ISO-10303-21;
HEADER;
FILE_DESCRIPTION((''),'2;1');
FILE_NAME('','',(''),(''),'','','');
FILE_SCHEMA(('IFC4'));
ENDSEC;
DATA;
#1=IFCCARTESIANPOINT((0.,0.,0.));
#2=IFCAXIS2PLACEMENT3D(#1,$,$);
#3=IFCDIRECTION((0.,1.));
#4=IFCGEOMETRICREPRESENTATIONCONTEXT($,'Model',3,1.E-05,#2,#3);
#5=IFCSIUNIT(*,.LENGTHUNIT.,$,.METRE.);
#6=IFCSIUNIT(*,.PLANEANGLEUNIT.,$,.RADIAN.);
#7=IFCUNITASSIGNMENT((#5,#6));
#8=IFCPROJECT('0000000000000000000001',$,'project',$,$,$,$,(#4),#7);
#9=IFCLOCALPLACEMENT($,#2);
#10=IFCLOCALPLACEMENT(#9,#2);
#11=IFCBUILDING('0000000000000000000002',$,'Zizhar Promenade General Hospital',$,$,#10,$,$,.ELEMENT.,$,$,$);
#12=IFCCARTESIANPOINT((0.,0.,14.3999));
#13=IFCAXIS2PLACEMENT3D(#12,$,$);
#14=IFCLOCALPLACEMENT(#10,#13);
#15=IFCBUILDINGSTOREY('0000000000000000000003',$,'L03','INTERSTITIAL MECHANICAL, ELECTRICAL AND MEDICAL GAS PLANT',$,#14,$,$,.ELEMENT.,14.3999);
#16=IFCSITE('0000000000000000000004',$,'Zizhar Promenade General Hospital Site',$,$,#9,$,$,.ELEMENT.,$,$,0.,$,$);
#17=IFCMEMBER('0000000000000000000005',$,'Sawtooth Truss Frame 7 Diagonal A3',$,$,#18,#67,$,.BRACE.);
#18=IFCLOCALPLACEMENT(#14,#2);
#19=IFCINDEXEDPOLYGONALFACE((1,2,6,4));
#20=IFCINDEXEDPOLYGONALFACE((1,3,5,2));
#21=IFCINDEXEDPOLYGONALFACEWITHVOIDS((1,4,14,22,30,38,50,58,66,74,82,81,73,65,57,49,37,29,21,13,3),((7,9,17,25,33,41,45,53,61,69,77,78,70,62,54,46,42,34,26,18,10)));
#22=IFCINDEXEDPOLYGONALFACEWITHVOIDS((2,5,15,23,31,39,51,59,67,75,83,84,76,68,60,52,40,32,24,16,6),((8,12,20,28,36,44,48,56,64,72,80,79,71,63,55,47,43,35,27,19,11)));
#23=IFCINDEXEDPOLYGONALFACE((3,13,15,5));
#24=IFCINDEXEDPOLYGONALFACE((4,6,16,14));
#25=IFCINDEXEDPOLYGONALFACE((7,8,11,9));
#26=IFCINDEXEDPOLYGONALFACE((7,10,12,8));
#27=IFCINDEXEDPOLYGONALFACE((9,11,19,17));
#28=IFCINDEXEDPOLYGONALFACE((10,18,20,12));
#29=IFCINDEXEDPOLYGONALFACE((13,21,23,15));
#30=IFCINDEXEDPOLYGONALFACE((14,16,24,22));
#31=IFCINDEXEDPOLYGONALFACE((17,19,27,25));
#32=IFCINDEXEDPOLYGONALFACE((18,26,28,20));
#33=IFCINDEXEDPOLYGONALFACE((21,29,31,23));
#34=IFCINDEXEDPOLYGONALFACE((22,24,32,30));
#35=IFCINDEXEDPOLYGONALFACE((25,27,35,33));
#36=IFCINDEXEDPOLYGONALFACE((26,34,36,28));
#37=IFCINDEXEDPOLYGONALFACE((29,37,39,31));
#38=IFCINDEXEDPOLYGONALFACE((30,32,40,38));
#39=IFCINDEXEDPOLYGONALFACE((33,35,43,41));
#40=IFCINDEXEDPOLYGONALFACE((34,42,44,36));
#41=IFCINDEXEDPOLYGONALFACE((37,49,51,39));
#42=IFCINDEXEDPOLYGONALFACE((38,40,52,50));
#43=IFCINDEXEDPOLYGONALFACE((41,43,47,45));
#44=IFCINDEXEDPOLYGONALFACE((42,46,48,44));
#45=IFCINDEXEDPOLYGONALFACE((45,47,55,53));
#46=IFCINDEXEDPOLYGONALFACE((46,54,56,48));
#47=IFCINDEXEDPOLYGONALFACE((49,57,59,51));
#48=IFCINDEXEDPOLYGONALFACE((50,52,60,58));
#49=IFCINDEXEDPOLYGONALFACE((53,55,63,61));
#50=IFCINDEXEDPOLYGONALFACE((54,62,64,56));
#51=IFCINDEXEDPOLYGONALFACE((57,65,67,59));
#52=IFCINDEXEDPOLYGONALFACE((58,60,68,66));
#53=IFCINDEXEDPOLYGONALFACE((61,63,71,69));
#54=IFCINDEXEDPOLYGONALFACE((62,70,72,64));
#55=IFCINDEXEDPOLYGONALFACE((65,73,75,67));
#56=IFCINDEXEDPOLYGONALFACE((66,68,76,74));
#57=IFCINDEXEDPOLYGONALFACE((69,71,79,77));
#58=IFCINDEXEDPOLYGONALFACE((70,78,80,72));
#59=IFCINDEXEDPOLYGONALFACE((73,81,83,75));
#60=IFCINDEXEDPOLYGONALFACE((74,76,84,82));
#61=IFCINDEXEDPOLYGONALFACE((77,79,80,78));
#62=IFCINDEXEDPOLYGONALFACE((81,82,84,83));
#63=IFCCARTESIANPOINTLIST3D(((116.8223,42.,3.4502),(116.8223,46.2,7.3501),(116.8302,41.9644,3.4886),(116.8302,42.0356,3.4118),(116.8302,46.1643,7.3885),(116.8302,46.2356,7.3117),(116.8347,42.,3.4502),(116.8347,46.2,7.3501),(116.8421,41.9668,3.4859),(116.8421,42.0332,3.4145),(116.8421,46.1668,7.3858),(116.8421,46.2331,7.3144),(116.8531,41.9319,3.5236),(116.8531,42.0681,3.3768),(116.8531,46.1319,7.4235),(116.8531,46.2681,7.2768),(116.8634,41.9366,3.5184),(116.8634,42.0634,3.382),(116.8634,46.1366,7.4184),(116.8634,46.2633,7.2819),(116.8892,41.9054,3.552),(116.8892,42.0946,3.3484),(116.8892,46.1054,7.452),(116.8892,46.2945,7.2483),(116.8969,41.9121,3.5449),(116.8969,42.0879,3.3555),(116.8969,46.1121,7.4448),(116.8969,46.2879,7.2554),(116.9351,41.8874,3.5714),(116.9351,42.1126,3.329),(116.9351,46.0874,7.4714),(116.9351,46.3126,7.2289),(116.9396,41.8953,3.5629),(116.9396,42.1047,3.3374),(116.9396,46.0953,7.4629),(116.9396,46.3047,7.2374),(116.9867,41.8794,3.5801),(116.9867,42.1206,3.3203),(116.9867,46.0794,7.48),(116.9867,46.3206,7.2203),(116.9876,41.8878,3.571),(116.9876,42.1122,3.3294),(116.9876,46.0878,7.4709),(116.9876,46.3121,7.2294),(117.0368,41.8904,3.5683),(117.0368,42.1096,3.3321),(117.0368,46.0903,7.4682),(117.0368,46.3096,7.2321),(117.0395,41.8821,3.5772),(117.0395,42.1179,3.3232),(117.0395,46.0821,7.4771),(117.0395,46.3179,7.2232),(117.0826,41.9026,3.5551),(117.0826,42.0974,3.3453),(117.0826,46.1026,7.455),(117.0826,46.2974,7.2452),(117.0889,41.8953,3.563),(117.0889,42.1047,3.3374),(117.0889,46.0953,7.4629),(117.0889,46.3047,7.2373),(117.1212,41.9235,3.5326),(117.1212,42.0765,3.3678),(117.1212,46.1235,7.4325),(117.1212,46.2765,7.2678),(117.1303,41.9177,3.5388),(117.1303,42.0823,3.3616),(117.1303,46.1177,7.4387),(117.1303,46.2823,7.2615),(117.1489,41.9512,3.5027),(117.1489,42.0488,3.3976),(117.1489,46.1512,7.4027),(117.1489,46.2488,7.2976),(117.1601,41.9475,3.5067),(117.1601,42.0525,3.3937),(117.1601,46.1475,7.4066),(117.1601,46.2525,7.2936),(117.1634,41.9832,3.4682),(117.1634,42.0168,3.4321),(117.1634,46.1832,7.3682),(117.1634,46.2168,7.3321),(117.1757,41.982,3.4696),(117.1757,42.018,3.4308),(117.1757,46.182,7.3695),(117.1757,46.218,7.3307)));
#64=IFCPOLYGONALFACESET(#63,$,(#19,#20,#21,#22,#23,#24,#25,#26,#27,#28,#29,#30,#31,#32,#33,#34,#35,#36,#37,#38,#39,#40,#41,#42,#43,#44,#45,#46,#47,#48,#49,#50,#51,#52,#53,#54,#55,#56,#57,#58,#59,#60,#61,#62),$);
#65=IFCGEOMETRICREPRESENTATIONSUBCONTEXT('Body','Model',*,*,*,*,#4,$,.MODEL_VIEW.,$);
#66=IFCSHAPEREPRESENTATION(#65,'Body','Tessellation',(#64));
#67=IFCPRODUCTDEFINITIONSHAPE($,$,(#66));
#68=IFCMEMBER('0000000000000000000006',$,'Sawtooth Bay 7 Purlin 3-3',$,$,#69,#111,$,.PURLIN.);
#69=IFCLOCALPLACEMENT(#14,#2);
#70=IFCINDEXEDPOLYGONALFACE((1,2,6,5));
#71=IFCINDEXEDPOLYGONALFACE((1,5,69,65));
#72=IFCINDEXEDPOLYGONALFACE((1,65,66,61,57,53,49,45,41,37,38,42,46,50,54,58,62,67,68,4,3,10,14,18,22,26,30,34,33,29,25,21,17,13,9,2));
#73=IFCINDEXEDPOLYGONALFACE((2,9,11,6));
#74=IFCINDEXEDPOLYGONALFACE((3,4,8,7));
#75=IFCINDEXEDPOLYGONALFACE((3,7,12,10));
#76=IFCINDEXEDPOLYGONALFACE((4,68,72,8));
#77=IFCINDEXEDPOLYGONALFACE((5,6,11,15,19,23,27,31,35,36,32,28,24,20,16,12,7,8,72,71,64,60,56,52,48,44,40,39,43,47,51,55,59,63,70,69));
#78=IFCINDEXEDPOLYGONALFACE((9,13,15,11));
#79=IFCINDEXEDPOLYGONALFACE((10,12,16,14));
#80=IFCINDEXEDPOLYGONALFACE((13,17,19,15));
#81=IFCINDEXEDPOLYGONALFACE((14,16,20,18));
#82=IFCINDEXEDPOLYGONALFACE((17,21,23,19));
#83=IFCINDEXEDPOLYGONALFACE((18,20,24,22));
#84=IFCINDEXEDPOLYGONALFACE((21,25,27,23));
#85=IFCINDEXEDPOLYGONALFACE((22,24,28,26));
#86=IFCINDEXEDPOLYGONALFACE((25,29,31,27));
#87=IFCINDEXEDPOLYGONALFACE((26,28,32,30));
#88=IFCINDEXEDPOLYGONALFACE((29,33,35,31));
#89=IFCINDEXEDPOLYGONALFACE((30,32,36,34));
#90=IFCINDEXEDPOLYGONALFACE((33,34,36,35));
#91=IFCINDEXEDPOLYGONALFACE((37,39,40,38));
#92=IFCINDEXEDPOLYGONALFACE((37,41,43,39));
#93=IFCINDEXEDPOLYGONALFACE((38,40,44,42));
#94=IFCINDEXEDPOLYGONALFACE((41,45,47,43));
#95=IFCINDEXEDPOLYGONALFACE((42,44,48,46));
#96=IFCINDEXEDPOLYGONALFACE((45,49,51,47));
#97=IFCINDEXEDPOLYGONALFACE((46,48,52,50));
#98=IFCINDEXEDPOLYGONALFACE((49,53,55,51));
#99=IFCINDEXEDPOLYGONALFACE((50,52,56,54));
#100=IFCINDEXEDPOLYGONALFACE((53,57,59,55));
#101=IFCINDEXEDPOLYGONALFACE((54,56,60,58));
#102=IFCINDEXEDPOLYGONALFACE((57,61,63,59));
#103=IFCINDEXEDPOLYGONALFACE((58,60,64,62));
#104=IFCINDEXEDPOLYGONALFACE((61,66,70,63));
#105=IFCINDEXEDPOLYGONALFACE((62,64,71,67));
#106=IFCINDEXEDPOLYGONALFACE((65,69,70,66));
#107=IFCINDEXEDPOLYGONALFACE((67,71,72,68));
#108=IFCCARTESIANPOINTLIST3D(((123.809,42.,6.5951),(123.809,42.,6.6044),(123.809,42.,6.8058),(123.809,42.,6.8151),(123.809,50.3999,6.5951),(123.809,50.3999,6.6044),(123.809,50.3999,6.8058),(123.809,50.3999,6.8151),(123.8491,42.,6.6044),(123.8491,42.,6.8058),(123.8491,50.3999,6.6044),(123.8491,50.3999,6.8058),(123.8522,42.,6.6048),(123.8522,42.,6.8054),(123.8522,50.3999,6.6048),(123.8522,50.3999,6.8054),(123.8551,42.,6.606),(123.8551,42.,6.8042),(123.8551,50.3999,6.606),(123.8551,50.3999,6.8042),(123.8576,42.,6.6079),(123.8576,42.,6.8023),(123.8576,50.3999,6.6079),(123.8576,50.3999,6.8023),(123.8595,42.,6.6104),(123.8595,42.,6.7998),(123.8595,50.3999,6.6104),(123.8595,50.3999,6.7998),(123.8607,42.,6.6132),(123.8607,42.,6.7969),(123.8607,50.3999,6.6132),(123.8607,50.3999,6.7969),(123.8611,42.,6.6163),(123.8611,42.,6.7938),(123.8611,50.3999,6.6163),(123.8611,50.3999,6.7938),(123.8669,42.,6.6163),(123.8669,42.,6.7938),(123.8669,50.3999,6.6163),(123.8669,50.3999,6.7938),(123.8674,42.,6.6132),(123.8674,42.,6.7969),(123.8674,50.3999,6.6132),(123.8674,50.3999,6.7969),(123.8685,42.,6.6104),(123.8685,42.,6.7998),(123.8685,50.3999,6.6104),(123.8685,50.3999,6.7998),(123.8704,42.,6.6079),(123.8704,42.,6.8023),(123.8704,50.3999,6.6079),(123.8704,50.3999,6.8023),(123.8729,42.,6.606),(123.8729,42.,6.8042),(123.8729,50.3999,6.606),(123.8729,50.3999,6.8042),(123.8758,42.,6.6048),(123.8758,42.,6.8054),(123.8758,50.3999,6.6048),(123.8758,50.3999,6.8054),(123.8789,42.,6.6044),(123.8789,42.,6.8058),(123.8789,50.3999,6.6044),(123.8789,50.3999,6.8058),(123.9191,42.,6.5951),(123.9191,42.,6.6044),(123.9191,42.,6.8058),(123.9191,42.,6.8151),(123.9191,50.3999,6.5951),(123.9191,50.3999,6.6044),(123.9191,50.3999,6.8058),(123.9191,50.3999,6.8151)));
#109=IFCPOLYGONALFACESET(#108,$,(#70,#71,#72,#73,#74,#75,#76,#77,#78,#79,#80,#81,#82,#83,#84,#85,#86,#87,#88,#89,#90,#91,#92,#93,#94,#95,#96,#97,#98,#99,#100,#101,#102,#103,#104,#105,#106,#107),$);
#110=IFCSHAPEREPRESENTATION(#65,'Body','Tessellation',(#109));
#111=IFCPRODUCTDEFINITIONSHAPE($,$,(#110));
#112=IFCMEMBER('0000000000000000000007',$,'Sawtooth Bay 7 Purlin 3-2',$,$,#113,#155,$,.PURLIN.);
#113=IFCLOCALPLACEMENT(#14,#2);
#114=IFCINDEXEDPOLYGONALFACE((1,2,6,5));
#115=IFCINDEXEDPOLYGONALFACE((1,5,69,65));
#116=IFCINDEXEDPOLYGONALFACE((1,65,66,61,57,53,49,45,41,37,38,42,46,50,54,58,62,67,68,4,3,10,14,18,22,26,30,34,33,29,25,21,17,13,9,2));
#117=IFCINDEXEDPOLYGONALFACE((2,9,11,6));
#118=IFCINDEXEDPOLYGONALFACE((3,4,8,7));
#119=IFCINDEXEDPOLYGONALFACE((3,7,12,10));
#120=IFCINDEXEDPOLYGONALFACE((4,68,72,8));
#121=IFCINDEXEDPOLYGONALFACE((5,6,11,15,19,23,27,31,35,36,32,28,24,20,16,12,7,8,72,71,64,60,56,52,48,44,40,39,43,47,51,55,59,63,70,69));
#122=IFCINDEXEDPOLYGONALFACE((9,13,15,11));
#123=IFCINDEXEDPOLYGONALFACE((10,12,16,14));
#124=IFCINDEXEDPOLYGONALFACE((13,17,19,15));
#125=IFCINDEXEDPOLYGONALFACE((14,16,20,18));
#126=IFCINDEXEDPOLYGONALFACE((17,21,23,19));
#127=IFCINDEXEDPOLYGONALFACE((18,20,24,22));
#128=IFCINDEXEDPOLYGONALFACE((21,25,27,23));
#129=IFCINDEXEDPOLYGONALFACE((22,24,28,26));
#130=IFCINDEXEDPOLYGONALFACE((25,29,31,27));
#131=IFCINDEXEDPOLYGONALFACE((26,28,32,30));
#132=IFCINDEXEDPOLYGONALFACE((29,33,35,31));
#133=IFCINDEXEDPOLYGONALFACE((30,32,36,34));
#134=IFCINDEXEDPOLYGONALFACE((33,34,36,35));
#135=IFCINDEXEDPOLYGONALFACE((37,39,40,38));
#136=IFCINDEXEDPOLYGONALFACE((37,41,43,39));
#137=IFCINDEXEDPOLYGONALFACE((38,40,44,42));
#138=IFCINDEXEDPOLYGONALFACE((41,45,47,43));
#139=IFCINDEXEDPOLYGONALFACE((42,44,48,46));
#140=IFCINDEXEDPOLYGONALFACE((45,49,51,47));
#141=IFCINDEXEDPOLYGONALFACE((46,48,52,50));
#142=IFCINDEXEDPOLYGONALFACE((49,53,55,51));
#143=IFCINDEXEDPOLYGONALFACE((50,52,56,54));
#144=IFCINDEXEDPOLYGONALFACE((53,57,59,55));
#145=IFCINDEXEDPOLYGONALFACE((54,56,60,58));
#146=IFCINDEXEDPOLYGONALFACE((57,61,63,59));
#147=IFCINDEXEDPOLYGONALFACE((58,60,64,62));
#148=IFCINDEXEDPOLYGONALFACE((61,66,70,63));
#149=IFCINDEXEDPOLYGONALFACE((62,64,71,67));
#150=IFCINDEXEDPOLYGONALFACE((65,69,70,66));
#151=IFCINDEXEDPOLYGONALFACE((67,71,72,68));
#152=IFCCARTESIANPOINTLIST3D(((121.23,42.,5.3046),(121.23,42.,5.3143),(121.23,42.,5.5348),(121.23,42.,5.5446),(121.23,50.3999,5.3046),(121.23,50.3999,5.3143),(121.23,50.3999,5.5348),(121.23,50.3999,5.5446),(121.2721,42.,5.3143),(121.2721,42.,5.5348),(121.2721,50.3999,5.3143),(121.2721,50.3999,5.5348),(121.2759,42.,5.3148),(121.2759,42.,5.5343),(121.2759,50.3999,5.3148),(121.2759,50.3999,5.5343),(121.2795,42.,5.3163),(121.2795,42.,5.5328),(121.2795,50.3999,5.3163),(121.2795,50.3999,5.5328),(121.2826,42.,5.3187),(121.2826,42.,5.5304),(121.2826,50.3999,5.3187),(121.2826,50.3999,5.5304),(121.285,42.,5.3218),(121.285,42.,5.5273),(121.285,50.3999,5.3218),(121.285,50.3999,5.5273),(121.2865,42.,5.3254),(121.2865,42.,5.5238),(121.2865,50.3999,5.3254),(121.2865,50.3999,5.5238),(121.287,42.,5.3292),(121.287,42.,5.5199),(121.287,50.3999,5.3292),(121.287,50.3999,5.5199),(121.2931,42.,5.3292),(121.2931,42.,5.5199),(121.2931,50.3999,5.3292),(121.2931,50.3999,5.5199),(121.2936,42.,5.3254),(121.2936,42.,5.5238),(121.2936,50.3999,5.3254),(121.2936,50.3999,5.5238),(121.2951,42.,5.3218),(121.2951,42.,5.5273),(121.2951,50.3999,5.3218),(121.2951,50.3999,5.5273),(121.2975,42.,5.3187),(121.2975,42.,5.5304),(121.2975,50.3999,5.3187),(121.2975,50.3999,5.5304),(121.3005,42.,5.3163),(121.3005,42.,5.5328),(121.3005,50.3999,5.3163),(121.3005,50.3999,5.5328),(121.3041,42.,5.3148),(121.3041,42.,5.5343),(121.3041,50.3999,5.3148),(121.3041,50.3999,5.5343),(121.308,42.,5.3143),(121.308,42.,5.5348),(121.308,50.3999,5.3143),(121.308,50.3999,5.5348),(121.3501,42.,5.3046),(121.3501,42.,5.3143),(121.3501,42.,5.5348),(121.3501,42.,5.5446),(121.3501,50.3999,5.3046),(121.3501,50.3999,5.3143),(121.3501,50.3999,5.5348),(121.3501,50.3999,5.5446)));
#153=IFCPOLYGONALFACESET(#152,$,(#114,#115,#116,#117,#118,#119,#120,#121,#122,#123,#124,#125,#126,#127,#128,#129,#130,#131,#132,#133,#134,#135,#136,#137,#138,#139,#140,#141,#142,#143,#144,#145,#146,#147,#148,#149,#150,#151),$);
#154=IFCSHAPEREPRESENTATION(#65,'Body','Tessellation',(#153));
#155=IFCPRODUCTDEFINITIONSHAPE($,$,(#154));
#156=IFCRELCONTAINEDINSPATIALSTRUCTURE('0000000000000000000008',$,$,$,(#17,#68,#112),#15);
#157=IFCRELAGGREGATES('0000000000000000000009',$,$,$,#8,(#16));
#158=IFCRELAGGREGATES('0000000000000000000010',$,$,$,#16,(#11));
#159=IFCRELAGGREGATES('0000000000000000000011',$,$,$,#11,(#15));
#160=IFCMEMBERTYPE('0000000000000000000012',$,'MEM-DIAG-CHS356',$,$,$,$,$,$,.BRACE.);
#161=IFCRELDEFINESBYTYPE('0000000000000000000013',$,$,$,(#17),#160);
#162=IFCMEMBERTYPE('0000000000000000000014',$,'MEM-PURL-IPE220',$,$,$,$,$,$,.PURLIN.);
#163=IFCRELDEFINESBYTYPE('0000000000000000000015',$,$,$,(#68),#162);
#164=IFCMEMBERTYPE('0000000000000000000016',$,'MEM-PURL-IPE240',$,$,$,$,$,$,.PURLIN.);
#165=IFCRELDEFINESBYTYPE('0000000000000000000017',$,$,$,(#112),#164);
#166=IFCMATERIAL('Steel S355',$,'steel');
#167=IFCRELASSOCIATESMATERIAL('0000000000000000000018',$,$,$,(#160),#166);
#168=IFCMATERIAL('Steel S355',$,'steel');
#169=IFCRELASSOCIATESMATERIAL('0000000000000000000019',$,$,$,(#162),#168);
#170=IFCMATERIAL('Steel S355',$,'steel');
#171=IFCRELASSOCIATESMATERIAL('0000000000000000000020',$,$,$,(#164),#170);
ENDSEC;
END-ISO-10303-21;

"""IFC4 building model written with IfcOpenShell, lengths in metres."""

from ifc_helpers import new_model, si_unit, direction, frame, origin, origin_2d, place, context, subcontext, project, spatial, hollow_circle, i_section, extrude, material, material_profile, profile_set, type_object, element, save


model = new_model("IFC4")

# Units and contexts
model_context = context("Model", 3, precision=1e-05, world=origin(), true_north=direction((0.0, 1.0)))
body_context = subcontext(model_context, "Body", "Model", "MODEL_VIEW")
ifc_project = project(units=[si_unit("LENGTHUNIT", "METRE"), si_unit("PLANEANGLEUNIT", "RADIAN")], contexts=[model_context])

# Site, building, storey
site_placement = place(None, origin())
site = spatial("IfcSite", under=ifc_project, at=site_placement, Name="Zizhar Promenade General Hospital Site", CompositionType="ELEMENT", RefElevation=0.0)
building_placement = place(site_placement, origin())
building = spatial("IfcBuilding", under=site, at=building_placement, Name="Zizhar Promenade General Hospital", CompositionType="ELEMENT")
storey_placement = place(building_placement, frame((0.0, 0.0, 14.3999)))
storey = spatial("IfcBuildingStorey", under=building, at=storey_placement, Name="L03", Description="INTERSTITIAL MECHANICAL, ELECTRICAL AND MEDICAL GAS PLANT", CompositionType="ELEMENT", Elevation=14.3999)

# Members
ifc_material_1 = material(Name="Steel S355", Category="steel")
ifc_material_profile_1 = material_profile(ifc_material_1, hollow_circle(Radius=0.1777, WallThickness=0.0125, at=origin_2d()))
ifc_profile_set_1 = profile_set([ifc_material_profile_1], Name="Steel S355")
member_type_1 = type_object("IfcMemberType", Name="MEM-DIAG-CHS356", PredefinedType="BRACE", material=ifc_profile_set_1)
member_1_placement = place(storey_placement, frame((117.0, 42.0, 3.4502), z_axis=(0.0, 0.732798, 0.680446), x_axis=(-1.0, 0.0, 0.0)))
element("IfcMember", 1, at=member_1_placement, inside=storey, type_object=member_type_1, Name="Sawtooth Truss Frame 7 Diagonal A3", PredefinedType="BRACE", context=body_context, shape_type="SweptSolid", body=[
    extrude(hollow_circle(Radius=0.1777, WallThickness=0.0125, at=origin_2d()), origin(), (0.0, 0.0, 1.0), 5.7314),
])
ifc_material_2 = material(Name="Steel S355", Category="steel")
ifc_material_profile_2 = material_profile(ifc_material_2, i_section(OverallWidth=0.1101, OverallDepth=0.22, WebThickness=0.0059, FlangeThickness=0.0093, FilletRadius=0.012, at=origin_2d()))
ifc_profile_set_2 = profile_set([ifc_material_profile_2], Name="Steel S355")
member_type_2 = type_object("IfcMemberType", Name="MEM-PURL-IPE220", PredefinedType="PURLIN", material=ifc_profile_set_2)
member_2_placement = place(storey_placement, frame((123.864, 42.0, 6.7051), z_axis=(0.0, 1.0, 0.0), x_axis=(-1.0, 0.0, 0.0)))
element("IfcMember", 2, at=member_2_placement, inside=storey, type_object=member_type_2, Name="Sawtooth Bay 7 Purlin 3-3", PredefinedType="PURLIN", context=body_context, shape_type="SweptSolid", body=[
    extrude(i_section(OverallWidth=0.1101, OverallDepth=0.22, WebThickness=0.0059, FlangeThickness=0.0093, FilletRadius=0.012, at=origin_2d()), origin(), (0.0, 0.0, 1.0), 8.3999),
])
ifc_material_3 = material(Name="Steel S355", Category="steel")
ifc_material_profile_3 = material_profile(ifc_material_3, i_section(OverallWidth=0.1201, OverallDepth=0.24, WebThickness=0.0061, FlangeThickness=0.0098, FilletRadius=0.0149, at=origin_2d()))
ifc_profile_set_3 = profile_set([ifc_material_profile_3], Name="Steel S355")
member_type_3 = type_object("IfcMemberType", Name="MEM-PURL-IPE240", PredefinedType="PURLIN", material=ifc_profile_set_3)
member_3_placement = place(storey_placement, frame((121.29, 42.0, 5.4246), z_axis=(0.0, 1.0, 0.0), x_axis=(-1.0, 0.0, 0.0)))
element("IfcMember", 3, at=member_3_placement, inside=storey, type_object=member_type_3, Name="Sawtooth Bay 7 Purlin 3-2", PredefinedType="PURLIN", context=body_context, shape_type="SweptSolid", body=[
    extrude(i_section(OverallWidth=0.1201, OverallDepth=0.24, WebThickness=0.0061, FlangeThickness=0.0098, FilletRadius=0.0149, at=origin_2d()), origin(), (0.0, 0.0, 1.0), 8.3999),
])

save(model, "model.ifc")
